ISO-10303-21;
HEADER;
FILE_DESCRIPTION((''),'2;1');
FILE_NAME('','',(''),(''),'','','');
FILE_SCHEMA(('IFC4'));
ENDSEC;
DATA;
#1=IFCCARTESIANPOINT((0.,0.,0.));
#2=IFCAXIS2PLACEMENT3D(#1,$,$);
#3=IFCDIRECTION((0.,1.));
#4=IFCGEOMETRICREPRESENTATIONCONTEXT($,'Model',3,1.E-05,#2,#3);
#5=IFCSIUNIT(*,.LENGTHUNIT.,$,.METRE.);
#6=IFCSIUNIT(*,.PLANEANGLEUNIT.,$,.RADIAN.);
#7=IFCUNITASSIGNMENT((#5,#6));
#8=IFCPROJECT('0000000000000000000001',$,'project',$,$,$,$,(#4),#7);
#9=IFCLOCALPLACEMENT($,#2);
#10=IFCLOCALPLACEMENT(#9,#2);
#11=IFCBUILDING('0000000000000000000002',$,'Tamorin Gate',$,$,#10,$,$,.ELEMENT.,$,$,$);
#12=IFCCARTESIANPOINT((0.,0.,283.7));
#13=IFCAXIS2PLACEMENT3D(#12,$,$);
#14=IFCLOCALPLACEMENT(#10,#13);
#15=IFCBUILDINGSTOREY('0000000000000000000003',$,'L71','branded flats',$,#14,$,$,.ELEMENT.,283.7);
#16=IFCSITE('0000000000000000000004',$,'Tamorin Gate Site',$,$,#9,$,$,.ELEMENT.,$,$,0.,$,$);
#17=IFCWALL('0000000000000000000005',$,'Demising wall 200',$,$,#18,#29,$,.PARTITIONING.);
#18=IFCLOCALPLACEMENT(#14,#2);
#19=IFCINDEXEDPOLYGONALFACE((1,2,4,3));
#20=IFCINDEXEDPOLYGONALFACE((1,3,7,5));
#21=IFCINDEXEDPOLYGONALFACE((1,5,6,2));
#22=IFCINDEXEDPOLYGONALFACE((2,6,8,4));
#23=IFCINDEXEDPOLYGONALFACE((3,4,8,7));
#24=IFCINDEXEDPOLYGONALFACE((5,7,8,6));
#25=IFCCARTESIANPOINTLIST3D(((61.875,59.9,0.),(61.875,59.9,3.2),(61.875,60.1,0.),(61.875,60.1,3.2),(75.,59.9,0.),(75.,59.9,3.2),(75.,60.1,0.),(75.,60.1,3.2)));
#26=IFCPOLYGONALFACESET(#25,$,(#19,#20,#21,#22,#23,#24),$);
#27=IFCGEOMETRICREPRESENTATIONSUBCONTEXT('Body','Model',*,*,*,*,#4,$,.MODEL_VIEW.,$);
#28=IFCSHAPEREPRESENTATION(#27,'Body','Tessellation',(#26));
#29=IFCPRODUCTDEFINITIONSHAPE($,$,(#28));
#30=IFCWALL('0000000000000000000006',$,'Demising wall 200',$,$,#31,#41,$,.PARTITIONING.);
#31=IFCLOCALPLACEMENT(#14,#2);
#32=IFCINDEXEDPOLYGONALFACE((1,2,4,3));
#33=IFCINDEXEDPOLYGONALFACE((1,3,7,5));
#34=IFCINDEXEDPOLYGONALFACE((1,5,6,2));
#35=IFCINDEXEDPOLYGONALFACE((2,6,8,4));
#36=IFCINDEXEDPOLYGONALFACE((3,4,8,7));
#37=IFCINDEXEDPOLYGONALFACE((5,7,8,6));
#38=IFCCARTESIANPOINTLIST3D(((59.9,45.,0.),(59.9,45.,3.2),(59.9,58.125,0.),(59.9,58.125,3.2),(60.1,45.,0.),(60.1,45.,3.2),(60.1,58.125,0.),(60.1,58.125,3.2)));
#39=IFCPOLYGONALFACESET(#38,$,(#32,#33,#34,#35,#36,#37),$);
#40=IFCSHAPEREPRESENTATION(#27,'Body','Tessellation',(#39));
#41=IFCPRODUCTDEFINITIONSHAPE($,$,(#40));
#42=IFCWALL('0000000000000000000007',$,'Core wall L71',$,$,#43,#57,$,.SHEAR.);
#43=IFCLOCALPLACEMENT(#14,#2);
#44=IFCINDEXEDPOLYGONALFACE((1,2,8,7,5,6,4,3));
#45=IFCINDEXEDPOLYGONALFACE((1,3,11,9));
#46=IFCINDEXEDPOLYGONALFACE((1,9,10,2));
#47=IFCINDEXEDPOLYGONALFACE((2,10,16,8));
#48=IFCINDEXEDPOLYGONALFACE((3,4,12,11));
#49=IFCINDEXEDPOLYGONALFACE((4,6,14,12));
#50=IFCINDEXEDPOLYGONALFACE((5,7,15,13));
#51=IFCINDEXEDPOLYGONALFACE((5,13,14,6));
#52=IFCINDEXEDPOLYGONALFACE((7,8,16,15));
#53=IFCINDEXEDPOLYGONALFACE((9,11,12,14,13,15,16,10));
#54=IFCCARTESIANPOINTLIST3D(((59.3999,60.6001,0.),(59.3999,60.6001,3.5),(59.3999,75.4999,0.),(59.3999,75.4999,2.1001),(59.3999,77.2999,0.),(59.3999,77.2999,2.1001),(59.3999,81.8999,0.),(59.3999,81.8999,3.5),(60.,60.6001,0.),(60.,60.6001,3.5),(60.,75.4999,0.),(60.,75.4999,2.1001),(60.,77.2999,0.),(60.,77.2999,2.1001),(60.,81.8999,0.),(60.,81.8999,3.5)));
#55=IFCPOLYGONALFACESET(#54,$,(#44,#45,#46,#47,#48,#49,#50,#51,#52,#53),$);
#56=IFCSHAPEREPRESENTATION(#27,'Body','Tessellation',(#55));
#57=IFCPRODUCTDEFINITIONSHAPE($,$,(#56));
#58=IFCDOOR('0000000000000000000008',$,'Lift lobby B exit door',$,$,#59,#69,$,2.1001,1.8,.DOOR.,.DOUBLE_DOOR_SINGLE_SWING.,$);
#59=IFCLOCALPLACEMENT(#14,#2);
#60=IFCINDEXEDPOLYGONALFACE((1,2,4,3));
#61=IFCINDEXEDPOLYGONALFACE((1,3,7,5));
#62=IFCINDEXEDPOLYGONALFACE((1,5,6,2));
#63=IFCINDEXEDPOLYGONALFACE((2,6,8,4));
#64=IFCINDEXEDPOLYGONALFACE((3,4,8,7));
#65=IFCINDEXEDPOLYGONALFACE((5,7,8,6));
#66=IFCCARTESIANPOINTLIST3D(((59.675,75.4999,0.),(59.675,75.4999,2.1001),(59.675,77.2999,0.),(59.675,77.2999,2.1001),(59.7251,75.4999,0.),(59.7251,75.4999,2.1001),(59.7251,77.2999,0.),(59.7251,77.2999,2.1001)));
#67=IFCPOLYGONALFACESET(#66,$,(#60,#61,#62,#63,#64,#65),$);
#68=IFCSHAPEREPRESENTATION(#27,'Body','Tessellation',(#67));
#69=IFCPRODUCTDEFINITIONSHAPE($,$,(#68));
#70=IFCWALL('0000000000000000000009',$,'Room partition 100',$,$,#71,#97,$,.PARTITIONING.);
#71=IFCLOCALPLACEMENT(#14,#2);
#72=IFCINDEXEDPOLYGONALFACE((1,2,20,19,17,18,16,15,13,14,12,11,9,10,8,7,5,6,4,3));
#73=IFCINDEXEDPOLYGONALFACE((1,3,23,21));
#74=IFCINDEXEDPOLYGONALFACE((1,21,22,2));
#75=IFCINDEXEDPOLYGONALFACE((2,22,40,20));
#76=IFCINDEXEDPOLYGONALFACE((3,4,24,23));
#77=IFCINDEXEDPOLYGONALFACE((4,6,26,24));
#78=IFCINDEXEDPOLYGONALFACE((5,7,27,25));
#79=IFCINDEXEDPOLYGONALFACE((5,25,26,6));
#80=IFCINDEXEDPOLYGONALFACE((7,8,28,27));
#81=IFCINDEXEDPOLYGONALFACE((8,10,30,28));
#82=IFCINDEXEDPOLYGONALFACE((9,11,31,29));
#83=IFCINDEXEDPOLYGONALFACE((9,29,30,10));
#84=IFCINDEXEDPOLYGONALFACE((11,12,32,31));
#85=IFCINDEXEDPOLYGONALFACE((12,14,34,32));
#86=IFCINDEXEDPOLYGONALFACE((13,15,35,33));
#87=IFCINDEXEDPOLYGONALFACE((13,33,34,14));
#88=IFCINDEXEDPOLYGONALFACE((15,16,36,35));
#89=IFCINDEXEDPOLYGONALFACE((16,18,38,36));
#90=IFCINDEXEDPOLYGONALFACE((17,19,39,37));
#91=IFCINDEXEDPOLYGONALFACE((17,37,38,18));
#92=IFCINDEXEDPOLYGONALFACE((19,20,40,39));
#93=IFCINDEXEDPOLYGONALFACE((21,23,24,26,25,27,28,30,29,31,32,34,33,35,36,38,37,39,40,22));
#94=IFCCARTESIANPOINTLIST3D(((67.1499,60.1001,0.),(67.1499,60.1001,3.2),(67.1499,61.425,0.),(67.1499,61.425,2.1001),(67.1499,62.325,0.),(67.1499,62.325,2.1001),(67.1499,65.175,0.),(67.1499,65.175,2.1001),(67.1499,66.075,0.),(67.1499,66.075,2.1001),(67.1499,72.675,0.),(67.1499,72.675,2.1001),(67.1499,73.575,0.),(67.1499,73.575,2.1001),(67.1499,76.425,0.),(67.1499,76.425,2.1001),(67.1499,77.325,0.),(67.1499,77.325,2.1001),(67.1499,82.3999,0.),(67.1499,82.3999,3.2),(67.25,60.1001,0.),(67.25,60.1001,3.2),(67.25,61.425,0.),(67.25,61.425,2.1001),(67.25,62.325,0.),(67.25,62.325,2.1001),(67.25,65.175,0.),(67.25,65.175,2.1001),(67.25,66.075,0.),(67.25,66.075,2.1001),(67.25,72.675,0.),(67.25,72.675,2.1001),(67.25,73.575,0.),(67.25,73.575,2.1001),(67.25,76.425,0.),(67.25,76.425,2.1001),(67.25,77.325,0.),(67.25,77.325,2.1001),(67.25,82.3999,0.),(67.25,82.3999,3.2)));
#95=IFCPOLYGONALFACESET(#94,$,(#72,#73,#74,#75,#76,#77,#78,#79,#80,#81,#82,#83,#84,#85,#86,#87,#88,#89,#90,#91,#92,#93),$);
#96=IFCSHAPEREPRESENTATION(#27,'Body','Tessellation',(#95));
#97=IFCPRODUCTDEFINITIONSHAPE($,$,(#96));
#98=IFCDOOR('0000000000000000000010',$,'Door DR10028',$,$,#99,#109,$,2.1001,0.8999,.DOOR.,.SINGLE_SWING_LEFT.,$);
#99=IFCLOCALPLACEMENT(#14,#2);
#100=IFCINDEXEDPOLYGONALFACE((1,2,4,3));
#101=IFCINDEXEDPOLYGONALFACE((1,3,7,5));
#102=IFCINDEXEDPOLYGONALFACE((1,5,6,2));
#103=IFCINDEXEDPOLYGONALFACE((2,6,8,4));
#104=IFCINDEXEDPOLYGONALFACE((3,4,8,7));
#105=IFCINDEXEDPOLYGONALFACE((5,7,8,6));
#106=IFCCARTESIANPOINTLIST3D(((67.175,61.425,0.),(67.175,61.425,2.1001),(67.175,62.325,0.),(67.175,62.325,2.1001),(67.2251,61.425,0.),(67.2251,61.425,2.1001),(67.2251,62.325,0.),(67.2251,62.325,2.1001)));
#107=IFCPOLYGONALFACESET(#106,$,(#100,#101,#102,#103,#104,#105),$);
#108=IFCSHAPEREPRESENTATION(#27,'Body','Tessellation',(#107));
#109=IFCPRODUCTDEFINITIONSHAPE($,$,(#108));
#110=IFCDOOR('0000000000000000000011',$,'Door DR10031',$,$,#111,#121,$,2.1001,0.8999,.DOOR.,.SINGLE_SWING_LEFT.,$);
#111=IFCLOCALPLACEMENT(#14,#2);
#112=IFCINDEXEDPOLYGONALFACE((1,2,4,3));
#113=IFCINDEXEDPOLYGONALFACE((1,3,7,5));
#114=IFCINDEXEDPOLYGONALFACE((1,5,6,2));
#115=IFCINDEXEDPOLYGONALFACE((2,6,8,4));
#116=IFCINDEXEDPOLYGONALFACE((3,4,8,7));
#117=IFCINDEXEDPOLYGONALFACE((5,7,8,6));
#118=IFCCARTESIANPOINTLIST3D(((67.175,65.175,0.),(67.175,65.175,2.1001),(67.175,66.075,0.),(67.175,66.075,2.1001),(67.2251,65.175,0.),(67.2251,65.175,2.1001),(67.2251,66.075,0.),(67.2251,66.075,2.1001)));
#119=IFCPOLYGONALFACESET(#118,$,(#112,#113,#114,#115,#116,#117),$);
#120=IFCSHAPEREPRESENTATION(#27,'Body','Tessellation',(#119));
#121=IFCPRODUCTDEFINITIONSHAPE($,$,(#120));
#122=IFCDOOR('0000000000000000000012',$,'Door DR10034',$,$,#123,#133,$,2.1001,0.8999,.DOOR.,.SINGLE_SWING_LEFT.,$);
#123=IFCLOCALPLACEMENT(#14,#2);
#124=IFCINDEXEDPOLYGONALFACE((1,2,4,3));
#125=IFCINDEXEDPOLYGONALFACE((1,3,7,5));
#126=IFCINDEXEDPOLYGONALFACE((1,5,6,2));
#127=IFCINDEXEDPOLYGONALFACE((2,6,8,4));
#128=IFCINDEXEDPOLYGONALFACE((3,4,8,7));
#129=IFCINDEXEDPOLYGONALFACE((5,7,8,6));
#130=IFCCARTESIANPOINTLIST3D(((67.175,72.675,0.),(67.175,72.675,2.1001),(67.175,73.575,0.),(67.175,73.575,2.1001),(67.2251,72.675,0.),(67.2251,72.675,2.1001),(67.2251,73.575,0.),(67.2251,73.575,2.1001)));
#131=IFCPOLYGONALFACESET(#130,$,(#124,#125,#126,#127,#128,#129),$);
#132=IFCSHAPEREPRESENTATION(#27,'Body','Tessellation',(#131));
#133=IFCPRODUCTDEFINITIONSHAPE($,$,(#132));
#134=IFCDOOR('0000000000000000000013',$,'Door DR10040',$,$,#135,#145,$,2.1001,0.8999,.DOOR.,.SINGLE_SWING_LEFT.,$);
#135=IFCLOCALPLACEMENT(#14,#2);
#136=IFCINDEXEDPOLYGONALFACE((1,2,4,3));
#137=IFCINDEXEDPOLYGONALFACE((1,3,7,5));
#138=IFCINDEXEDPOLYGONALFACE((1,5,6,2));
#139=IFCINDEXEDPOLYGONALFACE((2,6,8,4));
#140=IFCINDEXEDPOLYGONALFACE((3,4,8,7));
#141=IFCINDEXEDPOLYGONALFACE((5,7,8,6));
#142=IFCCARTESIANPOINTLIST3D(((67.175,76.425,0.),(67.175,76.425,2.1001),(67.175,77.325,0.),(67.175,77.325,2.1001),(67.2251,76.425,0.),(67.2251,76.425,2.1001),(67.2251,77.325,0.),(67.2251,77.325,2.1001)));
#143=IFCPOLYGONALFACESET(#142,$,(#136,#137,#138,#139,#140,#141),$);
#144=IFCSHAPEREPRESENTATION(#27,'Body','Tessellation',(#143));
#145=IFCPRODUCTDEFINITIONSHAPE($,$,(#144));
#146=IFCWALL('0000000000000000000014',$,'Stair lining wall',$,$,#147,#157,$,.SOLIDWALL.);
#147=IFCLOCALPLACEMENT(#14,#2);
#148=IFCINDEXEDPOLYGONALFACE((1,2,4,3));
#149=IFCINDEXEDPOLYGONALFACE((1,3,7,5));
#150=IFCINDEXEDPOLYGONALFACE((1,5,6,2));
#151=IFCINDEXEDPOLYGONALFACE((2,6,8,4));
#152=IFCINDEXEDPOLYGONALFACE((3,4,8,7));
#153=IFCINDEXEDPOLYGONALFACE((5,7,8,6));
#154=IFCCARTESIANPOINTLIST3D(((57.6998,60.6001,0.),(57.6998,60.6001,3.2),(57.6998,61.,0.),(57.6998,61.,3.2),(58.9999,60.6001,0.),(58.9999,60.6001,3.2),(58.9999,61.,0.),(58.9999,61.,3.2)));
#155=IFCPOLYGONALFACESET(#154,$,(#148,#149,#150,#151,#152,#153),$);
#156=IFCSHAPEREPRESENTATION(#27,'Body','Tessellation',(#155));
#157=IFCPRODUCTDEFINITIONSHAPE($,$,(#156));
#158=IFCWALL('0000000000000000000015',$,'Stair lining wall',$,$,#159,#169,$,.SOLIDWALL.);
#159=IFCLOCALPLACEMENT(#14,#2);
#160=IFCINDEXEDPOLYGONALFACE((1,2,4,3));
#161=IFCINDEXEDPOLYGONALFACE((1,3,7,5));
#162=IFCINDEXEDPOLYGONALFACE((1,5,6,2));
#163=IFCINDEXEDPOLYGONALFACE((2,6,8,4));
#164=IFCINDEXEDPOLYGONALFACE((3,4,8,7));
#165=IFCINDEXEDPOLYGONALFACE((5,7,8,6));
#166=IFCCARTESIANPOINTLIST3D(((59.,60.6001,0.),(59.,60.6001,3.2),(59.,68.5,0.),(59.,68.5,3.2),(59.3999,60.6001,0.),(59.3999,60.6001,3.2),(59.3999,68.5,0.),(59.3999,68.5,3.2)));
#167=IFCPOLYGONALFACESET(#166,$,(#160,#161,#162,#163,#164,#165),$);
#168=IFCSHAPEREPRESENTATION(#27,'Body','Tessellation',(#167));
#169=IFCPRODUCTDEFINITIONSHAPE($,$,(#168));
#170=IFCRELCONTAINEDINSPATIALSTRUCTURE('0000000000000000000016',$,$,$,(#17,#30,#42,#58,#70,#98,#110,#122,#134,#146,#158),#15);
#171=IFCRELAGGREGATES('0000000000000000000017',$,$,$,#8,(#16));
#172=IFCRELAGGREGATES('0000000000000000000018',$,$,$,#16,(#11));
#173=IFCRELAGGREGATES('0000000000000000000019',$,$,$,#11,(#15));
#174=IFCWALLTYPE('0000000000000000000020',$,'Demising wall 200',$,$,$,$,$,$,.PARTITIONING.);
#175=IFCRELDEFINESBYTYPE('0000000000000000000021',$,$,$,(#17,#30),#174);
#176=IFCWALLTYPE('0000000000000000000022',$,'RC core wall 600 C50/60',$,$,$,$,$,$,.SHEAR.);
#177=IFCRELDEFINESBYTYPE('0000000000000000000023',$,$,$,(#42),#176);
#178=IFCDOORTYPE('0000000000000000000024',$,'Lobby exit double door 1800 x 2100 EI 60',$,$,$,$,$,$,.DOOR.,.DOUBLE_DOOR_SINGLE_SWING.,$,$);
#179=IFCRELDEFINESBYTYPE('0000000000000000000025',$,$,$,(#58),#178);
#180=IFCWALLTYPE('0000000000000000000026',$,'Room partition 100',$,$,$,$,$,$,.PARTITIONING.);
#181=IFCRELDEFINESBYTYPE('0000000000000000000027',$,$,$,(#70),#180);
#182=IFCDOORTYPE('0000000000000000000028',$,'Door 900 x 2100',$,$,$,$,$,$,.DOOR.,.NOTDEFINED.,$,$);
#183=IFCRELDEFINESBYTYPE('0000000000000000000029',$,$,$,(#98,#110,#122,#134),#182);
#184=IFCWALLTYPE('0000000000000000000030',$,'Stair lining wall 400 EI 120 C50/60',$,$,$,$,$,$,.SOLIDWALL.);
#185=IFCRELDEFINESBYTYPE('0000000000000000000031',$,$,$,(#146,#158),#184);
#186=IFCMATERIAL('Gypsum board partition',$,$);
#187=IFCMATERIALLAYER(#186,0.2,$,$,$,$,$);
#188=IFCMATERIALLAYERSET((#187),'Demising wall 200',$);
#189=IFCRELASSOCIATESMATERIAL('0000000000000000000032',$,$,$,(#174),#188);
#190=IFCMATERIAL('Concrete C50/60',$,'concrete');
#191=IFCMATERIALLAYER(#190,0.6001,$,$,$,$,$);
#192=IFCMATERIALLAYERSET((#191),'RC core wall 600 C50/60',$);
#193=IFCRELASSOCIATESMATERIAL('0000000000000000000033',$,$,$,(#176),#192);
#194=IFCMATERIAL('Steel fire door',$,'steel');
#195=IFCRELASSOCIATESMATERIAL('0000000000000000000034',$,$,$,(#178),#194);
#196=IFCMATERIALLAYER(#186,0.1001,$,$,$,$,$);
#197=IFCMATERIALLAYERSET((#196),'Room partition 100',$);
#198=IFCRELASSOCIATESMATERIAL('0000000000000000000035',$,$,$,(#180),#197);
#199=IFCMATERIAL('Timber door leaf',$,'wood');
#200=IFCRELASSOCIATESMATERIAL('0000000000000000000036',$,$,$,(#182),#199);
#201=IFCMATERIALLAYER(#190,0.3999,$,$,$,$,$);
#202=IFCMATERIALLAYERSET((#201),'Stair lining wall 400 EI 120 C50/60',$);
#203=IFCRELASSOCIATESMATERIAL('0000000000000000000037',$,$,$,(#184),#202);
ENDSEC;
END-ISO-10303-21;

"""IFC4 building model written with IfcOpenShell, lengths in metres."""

from ifc_helpers import new_model, si_unit, direction, frame, frame_2d, origin, place, context, subcontext, project, spatial, rectangle, extrude, material, layer, layer_set, type_object, element, fill, save


model = new_model("IFC4")

# Units and contexts
model_context = context("Model", 3, precision=1e-05, world=origin(), true_north=direction((0.0, 1.0)))
body_context = subcontext(model_context, "Body", "Model", "MODEL_VIEW")
ifc_project = project(units=[si_unit("LENGTHUNIT", "METRE"), si_unit("PLANEANGLEUNIT", "RADIAN")], contexts=[model_context])

# Site, building, storey
site_placement = place(None, origin())
site = spatial("IfcSite", under=ifc_project, at=site_placement, Name="Tamorin Gate Site", CompositionType="ELEMENT", RefElevation=0.0)
building_placement = place(site_placement, origin())
building = spatial("IfcBuilding", under=site, at=building_placement, Name="Tamorin Gate", CompositionType="ELEMENT")
storey_placement = place(building_placement, frame((0.0, 0.0, 283.7)))
storey = spatial("IfcBuildingStorey", under=building, at=storey_placement, Name="L71", Description="branded flats", CompositionType="ELEMENT", Elevation=283.7)

# Shared definitions
ifc_material_1 = material(Name="Concrete C50/60", Category="concrete")

# Shared definitions
ifc_material_2 = material(Name="Gypsum board partition")
ifc_material_3 = material(Name="Timber door leaf", Category="wood")

# Walls
ifc_layer_1 = layer(ifc_material_2, 0.2)
ifc_layer_set_1 = layer_set([ifc_layer_1], Name="Demising wall 200")
wall_type_1 = type_object("IfcWallType", Name="Demising wall 200", PredefinedType="PARTITIONING", material=ifc_layer_set_1)
for number, where, z_axis, x_axis, name in (
    (1, (61.875, 60.0, 0.0), (0.0, 0.0, 1.0), (1.0, 0.0, 0.0), "Demising wall 200"),
    (2, (60.0, 45.0, 0.0), (0.0, 0.0, 1.0), (0.0, 1.0, 0.0), "Demising wall 200"),
):
    element("IfcWall", number, at=place(storey_placement, frame(where, z_axis=z_axis, x_axis=x_axis)), inside=storey, type_object=wall_type_1, Name=name, PredefinedType="PARTITIONING", context=body_context, shape_type="SweptSolid", body=[
        extrude(rectangle(XDim=13.125, YDim=0.2, at=frame_2d((6.5625, 0.0))), origin(), (0.0, 0.0, 1.0), 3.2),
    ])

# Wall, opening, door
ifc_layer_2 = layer(ifc_material_1, 0.6001)
ifc_layer_set_2 = layer_set([ifc_layer_2], Name="RC core wall 600 C50/60")
wall_type_2 = type_object("IfcWallType", Name="RC core wall 600 C50/60", PredefinedType="SHEAR", material=ifc_layer_set_2)
wall_1_placement = place(storey_placement, frame((59.7, 60.6001, 0.0), z_axis=(0.0, 0.0, 1.0), x_axis=(0.0, 1.0, 0.0)))
wall_1 = element("IfcWall", 3, at=wall_1_placement, inside=storey, type_object=wall_type_2, Name="Core wall L71", PredefinedType="SHEAR", context=body_context, shape_type="SweptSolid", body=[
    extrude(rectangle(XDim=21.2998, YDim=0.6001, at=frame_2d((10.6499, 0.0))), origin(), (0.0, 0.0, 1.0), 3.5),
])
opening_1_placement = place(wall_1_placement, frame((14.8999, 0.0, 0.0)))
opening_1 = element("IfcOpeningElement", 4, at=opening_1_placement, cuts=wall_1, PredefinedType="OPENING", context=body_context, shape_type="SweptSolid", body=[
    extrude(rectangle(XDim=1.8, YDim=2.1001, at=frame_2d((0.8999, 1.05))), frame((0.0, 0.3101, 0.0), z_axis=(0.0, -1.0, 0.0), x_axis=(1.0, 0.0, 0.0)), (0.0, 0.0, 1.0), 0.6201),
])
ifc_material_4 = material(Name="Steel fire door", Category="steel")
door_type_1 = type_object("IfcDoorType", Name="Lobby exit double door 1800 x 2100 EI 60", OperationType="DOUBLE_DOOR_SINGLE_SWING", PredefinedType="DOOR", material=ifc_material_4)
door_1_placement = place(opening_1_placement, origin())
door_1 = element("IfcDoor", 5, at=door_1_placement, inside=storey, type_object=door_type_1, Name="Lift lobby B exit door", OperationType="DOUBLE_DOOR_SINGLE_SWING", OverallHeight=2.1001, OverallWidth=1.8, PredefinedType="DOOR", context=body_context, shape_type="SweptSolid", body=[
    extrude(rectangle(XDim=1.8, YDim=2.1001, at=frame_2d((0.8999, 1.05))), frame((0.0, 0.0249, 0.0), z_axis=(0.0, -1.0, 0.0), x_axis=(1.0, 0.0, 0.0)), (0.0, 0.0, 1.0), 0.05),
])
fill(opening_1, door_1)

# Wall, openings, doors
ifc_layer_3 = layer(ifc_material_2, 0.1001)
ifc_layer_set_3 = layer_set([ifc_layer_3], Name="Room partition 100")
wall_type_3 = type_object("IfcWallType", Name="Room partition 100", PredefinedType="PARTITIONING", material=ifc_layer_set_3)
wall_2_placement = place(storey_placement, frame((67.2, 60.1001, 0.0), z_axis=(0.0, 0.0, 1.0), x_axis=(0.0, 1.0, 0.0)))
wall_2 = element("IfcWall", 6, at=wall_2_placement, inside=storey, type_object=wall_type_3, Name="Room partition 100", PredefinedType="PARTITIONING", context=body_context, shape_type="SweptSolid", body=[
    extrude(rectangle(XDim=22.2998, YDim=0.1001, at=frame_2d((11.1499, 0.0))), origin(), (0.0, 0.0, 1.0), 3.2),
])
opening_2_placement = place(wall_2_placement, frame((1.325, 0.0, 0.0)))
opening_2 = element("IfcOpeningElement", 7, at=opening_2_placement, cuts=wall_2, PredefinedType="OPENING", context=body_context, shape_type="SweptSolid", body=[
    extrude(rectangle(XDim=0.8999, YDim=2.1001, at=frame_2d((0.45, 1.05))), frame((0.0, 0.0601, 0.0), z_axis=(0.0, -1.0, 0.0), x_axis=(1.0, 0.0, 0.0)), (0.0, 0.0, 1.0), 0.1201),
])
opening_3_placement = place(wall_2_placement, frame((5.075, 0.0, 0.0)))
opening_3 = element("IfcOpeningElement", 8, at=opening_3_placement, cuts=wall_2, PredefinedType="OPENING", context=body_context, shape_type="SweptSolid", body=[
    extrude(rectangle(XDim=0.8999, YDim=2.1001, at=frame_2d((0.45, 1.05))), frame((0.0, 0.0601, 0.0), z_axis=(0.0, -1.0, 0.0), x_axis=(1.0, 0.0, 0.0)), (0.0, 0.0, 1.0), 0.1201),
])
opening_4_placement = place(wall_2_placement, frame((12.575, 0.0, 0.0)))
opening_4 = element("IfcOpeningElement", 9, at=opening_4_placement, cuts=wall_2, PredefinedType="OPENING", context=body_context, shape_type="SweptSolid", body=[
    extrude(rectangle(XDim=0.8999, YDim=2.1001, at=frame_2d((0.45, 1.05))), frame((0.0, 0.0601, 0.0), z_axis=(0.0, -1.0, 0.0), x_axis=(1.0, 0.0, 0.0)), (0.0, 0.0, 1.0), 0.1201),
])
opening_5_placement = place(wall_2_placement, frame((16.325, 0.0, 0.0)))
opening_5 = element("IfcOpeningElement", 10, at=opening_5_placement, cuts=wall_2, PredefinedType="OPENING", context=body_context, shape_type="SweptSolid", body=[
    extrude(rectangle(XDim=0.8999, YDim=2.1001, at=frame_2d((0.45, 1.05))), frame((0.0, 0.0601, 0.0), z_axis=(0.0, -1.0, 0.0), x_axis=(1.0, 0.0, 0.0)), (0.0, 0.0, 1.0), 0.1201),
])
door_type_2 = type_object("IfcDoorType", Name="Door 900 x 2100", OperationType="NOTDEFINED", PredefinedType="DOOR", material=ifc_material_3)
door_2_placement = place(opening_2_placement, origin())
door_2 = element("IfcDoor", 11, at=door_2_placement, inside=storey, type_object=door_type_2, Name="Door DR10028", OperationType="SINGLE_SWING_LEFT", OverallHeight=2.1001, OverallWidth=0.8999, PredefinedType="DOOR", context=body_context, shape_type="SweptSolid", body=[
    extrude(rectangle(XDim=0.8999, YDim=2.1001, at=frame_2d((0.45, 1.05))), frame((0.0, 0.0249, 0.0), z_axis=(0.0, -1.0, 0.0), x_axis=(1.0, 0.0, 0.0)), (0.0, 0.0, 1.0), 0.05),
])
fill(opening_2, door_2)
door_3_placement = place(opening_3_placement, origin())
door_3 = element("IfcDoor", 12, at=door_3_placement, inside=storey, type_object=door_type_2, Name="Door DR10031", OperationType="SINGLE_SWING_LEFT", OverallHeight=2.1001, OverallWidth=0.8999, PredefinedType="DOOR", context=body_context, shape_type="SweptSolid", body=[
    extrude(rectangle(XDim=0.8999, YDim=2.1001, at=frame_2d((0.45, 1.05))), frame((0.0, 0.0249, 0.0), z_axis=(0.0, -1.0, 0.0), x_axis=(1.0, 0.0, 0.0)), (0.0, 0.0, 1.0), 0.05),
])
fill(opening_3, door_3)
door_4_placement = place(opening_4_placement, origin())
door_4 = element("IfcDoor", 13, at=door_4_placement, inside=storey, type_object=door_type_2, Name="Door DR10034", OperationType="SINGLE_SWING_LEFT", OverallHeight=2.1001, OverallWidth=0.8999, PredefinedType="DOOR", context=body_context, shape_type="SweptSolid", body=[
    extrude(rectangle(XDim=0.8999, YDim=2.1001, at=frame_2d((0.45, 1.05))), frame((0.0, 0.0249, 0.0), z_axis=(0.0, -1.0, 0.0), x_axis=(1.0, 0.0, 0.0)), (0.0, 0.0, 1.0), 0.05),
])
fill(opening_4, door_4)
door_5_placement = place(opening_5_placement, origin())
door_5 = element("IfcDoor", 14, at=door_5_placement, inside=storey, type_object=door_type_2, Name="Door DR10040", OperationType="SINGLE_SWING_LEFT", OverallHeight=2.1001, OverallWidth=0.8999, PredefinedType="DOOR", context=body_context, shape_type="SweptSolid", body=[
    extrude(rectangle(XDim=0.8999, YDim=2.1001, at=frame_2d((0.45, 1.05))), frame((0.0, 0.0249, 0.0), z_axis=(0.0, -1.0, 0.0), x_axis=(1.0, 0.0, 0.0)), (0.0, 0.0, 1.0), 0.05),
])
fill(opening_5, door_5)

# Walls
ifc_layer_4 = layer(ifc_material_1, 0.3999)
ifc_layer_set_4 = layer_set([ifc_layer_4], Name="Stair lining wall 400 EI 120 C50/60")
wall_type_4 = type_object("IfcWallType", Name="Stair lining wall 400 EI 120 C50/60", PredefinedType="SOLIDWALL", material=ifc_layer_set_4)
wall_3_placement = place(storey_placement, frame((57.7, 60.8, 0.0), z_axis=(0.0, 0.0, 1.0), x_axis=(1.0, 0.0, 0.0)))
element("IfcWall", 15, at=wall_3_placement, inside=storey, type_object=wall_type_4, Name="Stair lining wall", PredefinedType="SOLIDWALL", context=body_context, shape_type="SweptSolid", body=[
    extrude(rectangle(XDim=1.3, YDim=0.3999, at=frame_2d((0.6499, 0.0))), origin(), (0.0, 0.0, 1.0), 3.2),
])
wall_4_placement = place(storey_placement, frame((59.2, 60.6001, 0.0), z_axis=(0.0, 0.0, 1.0), x_axis=(0.0, 1.0, 0.0)))
element("IfcWall", 16, at=wall_4_placement, inside=storey, type_object=wall_type_4, Name="Stair lining wall", PredefinedType="SOLIDWALL", context=body_context, shape_type="SweptSolid", body=[
    extrude(rectangle(XDim=7.8999, YDim=0.3999, at=frame_2d((3.95, 0.0))), origin(), (0.0, 0.0, 1.0), 3.2),
])

save(model, "model.ifc")
